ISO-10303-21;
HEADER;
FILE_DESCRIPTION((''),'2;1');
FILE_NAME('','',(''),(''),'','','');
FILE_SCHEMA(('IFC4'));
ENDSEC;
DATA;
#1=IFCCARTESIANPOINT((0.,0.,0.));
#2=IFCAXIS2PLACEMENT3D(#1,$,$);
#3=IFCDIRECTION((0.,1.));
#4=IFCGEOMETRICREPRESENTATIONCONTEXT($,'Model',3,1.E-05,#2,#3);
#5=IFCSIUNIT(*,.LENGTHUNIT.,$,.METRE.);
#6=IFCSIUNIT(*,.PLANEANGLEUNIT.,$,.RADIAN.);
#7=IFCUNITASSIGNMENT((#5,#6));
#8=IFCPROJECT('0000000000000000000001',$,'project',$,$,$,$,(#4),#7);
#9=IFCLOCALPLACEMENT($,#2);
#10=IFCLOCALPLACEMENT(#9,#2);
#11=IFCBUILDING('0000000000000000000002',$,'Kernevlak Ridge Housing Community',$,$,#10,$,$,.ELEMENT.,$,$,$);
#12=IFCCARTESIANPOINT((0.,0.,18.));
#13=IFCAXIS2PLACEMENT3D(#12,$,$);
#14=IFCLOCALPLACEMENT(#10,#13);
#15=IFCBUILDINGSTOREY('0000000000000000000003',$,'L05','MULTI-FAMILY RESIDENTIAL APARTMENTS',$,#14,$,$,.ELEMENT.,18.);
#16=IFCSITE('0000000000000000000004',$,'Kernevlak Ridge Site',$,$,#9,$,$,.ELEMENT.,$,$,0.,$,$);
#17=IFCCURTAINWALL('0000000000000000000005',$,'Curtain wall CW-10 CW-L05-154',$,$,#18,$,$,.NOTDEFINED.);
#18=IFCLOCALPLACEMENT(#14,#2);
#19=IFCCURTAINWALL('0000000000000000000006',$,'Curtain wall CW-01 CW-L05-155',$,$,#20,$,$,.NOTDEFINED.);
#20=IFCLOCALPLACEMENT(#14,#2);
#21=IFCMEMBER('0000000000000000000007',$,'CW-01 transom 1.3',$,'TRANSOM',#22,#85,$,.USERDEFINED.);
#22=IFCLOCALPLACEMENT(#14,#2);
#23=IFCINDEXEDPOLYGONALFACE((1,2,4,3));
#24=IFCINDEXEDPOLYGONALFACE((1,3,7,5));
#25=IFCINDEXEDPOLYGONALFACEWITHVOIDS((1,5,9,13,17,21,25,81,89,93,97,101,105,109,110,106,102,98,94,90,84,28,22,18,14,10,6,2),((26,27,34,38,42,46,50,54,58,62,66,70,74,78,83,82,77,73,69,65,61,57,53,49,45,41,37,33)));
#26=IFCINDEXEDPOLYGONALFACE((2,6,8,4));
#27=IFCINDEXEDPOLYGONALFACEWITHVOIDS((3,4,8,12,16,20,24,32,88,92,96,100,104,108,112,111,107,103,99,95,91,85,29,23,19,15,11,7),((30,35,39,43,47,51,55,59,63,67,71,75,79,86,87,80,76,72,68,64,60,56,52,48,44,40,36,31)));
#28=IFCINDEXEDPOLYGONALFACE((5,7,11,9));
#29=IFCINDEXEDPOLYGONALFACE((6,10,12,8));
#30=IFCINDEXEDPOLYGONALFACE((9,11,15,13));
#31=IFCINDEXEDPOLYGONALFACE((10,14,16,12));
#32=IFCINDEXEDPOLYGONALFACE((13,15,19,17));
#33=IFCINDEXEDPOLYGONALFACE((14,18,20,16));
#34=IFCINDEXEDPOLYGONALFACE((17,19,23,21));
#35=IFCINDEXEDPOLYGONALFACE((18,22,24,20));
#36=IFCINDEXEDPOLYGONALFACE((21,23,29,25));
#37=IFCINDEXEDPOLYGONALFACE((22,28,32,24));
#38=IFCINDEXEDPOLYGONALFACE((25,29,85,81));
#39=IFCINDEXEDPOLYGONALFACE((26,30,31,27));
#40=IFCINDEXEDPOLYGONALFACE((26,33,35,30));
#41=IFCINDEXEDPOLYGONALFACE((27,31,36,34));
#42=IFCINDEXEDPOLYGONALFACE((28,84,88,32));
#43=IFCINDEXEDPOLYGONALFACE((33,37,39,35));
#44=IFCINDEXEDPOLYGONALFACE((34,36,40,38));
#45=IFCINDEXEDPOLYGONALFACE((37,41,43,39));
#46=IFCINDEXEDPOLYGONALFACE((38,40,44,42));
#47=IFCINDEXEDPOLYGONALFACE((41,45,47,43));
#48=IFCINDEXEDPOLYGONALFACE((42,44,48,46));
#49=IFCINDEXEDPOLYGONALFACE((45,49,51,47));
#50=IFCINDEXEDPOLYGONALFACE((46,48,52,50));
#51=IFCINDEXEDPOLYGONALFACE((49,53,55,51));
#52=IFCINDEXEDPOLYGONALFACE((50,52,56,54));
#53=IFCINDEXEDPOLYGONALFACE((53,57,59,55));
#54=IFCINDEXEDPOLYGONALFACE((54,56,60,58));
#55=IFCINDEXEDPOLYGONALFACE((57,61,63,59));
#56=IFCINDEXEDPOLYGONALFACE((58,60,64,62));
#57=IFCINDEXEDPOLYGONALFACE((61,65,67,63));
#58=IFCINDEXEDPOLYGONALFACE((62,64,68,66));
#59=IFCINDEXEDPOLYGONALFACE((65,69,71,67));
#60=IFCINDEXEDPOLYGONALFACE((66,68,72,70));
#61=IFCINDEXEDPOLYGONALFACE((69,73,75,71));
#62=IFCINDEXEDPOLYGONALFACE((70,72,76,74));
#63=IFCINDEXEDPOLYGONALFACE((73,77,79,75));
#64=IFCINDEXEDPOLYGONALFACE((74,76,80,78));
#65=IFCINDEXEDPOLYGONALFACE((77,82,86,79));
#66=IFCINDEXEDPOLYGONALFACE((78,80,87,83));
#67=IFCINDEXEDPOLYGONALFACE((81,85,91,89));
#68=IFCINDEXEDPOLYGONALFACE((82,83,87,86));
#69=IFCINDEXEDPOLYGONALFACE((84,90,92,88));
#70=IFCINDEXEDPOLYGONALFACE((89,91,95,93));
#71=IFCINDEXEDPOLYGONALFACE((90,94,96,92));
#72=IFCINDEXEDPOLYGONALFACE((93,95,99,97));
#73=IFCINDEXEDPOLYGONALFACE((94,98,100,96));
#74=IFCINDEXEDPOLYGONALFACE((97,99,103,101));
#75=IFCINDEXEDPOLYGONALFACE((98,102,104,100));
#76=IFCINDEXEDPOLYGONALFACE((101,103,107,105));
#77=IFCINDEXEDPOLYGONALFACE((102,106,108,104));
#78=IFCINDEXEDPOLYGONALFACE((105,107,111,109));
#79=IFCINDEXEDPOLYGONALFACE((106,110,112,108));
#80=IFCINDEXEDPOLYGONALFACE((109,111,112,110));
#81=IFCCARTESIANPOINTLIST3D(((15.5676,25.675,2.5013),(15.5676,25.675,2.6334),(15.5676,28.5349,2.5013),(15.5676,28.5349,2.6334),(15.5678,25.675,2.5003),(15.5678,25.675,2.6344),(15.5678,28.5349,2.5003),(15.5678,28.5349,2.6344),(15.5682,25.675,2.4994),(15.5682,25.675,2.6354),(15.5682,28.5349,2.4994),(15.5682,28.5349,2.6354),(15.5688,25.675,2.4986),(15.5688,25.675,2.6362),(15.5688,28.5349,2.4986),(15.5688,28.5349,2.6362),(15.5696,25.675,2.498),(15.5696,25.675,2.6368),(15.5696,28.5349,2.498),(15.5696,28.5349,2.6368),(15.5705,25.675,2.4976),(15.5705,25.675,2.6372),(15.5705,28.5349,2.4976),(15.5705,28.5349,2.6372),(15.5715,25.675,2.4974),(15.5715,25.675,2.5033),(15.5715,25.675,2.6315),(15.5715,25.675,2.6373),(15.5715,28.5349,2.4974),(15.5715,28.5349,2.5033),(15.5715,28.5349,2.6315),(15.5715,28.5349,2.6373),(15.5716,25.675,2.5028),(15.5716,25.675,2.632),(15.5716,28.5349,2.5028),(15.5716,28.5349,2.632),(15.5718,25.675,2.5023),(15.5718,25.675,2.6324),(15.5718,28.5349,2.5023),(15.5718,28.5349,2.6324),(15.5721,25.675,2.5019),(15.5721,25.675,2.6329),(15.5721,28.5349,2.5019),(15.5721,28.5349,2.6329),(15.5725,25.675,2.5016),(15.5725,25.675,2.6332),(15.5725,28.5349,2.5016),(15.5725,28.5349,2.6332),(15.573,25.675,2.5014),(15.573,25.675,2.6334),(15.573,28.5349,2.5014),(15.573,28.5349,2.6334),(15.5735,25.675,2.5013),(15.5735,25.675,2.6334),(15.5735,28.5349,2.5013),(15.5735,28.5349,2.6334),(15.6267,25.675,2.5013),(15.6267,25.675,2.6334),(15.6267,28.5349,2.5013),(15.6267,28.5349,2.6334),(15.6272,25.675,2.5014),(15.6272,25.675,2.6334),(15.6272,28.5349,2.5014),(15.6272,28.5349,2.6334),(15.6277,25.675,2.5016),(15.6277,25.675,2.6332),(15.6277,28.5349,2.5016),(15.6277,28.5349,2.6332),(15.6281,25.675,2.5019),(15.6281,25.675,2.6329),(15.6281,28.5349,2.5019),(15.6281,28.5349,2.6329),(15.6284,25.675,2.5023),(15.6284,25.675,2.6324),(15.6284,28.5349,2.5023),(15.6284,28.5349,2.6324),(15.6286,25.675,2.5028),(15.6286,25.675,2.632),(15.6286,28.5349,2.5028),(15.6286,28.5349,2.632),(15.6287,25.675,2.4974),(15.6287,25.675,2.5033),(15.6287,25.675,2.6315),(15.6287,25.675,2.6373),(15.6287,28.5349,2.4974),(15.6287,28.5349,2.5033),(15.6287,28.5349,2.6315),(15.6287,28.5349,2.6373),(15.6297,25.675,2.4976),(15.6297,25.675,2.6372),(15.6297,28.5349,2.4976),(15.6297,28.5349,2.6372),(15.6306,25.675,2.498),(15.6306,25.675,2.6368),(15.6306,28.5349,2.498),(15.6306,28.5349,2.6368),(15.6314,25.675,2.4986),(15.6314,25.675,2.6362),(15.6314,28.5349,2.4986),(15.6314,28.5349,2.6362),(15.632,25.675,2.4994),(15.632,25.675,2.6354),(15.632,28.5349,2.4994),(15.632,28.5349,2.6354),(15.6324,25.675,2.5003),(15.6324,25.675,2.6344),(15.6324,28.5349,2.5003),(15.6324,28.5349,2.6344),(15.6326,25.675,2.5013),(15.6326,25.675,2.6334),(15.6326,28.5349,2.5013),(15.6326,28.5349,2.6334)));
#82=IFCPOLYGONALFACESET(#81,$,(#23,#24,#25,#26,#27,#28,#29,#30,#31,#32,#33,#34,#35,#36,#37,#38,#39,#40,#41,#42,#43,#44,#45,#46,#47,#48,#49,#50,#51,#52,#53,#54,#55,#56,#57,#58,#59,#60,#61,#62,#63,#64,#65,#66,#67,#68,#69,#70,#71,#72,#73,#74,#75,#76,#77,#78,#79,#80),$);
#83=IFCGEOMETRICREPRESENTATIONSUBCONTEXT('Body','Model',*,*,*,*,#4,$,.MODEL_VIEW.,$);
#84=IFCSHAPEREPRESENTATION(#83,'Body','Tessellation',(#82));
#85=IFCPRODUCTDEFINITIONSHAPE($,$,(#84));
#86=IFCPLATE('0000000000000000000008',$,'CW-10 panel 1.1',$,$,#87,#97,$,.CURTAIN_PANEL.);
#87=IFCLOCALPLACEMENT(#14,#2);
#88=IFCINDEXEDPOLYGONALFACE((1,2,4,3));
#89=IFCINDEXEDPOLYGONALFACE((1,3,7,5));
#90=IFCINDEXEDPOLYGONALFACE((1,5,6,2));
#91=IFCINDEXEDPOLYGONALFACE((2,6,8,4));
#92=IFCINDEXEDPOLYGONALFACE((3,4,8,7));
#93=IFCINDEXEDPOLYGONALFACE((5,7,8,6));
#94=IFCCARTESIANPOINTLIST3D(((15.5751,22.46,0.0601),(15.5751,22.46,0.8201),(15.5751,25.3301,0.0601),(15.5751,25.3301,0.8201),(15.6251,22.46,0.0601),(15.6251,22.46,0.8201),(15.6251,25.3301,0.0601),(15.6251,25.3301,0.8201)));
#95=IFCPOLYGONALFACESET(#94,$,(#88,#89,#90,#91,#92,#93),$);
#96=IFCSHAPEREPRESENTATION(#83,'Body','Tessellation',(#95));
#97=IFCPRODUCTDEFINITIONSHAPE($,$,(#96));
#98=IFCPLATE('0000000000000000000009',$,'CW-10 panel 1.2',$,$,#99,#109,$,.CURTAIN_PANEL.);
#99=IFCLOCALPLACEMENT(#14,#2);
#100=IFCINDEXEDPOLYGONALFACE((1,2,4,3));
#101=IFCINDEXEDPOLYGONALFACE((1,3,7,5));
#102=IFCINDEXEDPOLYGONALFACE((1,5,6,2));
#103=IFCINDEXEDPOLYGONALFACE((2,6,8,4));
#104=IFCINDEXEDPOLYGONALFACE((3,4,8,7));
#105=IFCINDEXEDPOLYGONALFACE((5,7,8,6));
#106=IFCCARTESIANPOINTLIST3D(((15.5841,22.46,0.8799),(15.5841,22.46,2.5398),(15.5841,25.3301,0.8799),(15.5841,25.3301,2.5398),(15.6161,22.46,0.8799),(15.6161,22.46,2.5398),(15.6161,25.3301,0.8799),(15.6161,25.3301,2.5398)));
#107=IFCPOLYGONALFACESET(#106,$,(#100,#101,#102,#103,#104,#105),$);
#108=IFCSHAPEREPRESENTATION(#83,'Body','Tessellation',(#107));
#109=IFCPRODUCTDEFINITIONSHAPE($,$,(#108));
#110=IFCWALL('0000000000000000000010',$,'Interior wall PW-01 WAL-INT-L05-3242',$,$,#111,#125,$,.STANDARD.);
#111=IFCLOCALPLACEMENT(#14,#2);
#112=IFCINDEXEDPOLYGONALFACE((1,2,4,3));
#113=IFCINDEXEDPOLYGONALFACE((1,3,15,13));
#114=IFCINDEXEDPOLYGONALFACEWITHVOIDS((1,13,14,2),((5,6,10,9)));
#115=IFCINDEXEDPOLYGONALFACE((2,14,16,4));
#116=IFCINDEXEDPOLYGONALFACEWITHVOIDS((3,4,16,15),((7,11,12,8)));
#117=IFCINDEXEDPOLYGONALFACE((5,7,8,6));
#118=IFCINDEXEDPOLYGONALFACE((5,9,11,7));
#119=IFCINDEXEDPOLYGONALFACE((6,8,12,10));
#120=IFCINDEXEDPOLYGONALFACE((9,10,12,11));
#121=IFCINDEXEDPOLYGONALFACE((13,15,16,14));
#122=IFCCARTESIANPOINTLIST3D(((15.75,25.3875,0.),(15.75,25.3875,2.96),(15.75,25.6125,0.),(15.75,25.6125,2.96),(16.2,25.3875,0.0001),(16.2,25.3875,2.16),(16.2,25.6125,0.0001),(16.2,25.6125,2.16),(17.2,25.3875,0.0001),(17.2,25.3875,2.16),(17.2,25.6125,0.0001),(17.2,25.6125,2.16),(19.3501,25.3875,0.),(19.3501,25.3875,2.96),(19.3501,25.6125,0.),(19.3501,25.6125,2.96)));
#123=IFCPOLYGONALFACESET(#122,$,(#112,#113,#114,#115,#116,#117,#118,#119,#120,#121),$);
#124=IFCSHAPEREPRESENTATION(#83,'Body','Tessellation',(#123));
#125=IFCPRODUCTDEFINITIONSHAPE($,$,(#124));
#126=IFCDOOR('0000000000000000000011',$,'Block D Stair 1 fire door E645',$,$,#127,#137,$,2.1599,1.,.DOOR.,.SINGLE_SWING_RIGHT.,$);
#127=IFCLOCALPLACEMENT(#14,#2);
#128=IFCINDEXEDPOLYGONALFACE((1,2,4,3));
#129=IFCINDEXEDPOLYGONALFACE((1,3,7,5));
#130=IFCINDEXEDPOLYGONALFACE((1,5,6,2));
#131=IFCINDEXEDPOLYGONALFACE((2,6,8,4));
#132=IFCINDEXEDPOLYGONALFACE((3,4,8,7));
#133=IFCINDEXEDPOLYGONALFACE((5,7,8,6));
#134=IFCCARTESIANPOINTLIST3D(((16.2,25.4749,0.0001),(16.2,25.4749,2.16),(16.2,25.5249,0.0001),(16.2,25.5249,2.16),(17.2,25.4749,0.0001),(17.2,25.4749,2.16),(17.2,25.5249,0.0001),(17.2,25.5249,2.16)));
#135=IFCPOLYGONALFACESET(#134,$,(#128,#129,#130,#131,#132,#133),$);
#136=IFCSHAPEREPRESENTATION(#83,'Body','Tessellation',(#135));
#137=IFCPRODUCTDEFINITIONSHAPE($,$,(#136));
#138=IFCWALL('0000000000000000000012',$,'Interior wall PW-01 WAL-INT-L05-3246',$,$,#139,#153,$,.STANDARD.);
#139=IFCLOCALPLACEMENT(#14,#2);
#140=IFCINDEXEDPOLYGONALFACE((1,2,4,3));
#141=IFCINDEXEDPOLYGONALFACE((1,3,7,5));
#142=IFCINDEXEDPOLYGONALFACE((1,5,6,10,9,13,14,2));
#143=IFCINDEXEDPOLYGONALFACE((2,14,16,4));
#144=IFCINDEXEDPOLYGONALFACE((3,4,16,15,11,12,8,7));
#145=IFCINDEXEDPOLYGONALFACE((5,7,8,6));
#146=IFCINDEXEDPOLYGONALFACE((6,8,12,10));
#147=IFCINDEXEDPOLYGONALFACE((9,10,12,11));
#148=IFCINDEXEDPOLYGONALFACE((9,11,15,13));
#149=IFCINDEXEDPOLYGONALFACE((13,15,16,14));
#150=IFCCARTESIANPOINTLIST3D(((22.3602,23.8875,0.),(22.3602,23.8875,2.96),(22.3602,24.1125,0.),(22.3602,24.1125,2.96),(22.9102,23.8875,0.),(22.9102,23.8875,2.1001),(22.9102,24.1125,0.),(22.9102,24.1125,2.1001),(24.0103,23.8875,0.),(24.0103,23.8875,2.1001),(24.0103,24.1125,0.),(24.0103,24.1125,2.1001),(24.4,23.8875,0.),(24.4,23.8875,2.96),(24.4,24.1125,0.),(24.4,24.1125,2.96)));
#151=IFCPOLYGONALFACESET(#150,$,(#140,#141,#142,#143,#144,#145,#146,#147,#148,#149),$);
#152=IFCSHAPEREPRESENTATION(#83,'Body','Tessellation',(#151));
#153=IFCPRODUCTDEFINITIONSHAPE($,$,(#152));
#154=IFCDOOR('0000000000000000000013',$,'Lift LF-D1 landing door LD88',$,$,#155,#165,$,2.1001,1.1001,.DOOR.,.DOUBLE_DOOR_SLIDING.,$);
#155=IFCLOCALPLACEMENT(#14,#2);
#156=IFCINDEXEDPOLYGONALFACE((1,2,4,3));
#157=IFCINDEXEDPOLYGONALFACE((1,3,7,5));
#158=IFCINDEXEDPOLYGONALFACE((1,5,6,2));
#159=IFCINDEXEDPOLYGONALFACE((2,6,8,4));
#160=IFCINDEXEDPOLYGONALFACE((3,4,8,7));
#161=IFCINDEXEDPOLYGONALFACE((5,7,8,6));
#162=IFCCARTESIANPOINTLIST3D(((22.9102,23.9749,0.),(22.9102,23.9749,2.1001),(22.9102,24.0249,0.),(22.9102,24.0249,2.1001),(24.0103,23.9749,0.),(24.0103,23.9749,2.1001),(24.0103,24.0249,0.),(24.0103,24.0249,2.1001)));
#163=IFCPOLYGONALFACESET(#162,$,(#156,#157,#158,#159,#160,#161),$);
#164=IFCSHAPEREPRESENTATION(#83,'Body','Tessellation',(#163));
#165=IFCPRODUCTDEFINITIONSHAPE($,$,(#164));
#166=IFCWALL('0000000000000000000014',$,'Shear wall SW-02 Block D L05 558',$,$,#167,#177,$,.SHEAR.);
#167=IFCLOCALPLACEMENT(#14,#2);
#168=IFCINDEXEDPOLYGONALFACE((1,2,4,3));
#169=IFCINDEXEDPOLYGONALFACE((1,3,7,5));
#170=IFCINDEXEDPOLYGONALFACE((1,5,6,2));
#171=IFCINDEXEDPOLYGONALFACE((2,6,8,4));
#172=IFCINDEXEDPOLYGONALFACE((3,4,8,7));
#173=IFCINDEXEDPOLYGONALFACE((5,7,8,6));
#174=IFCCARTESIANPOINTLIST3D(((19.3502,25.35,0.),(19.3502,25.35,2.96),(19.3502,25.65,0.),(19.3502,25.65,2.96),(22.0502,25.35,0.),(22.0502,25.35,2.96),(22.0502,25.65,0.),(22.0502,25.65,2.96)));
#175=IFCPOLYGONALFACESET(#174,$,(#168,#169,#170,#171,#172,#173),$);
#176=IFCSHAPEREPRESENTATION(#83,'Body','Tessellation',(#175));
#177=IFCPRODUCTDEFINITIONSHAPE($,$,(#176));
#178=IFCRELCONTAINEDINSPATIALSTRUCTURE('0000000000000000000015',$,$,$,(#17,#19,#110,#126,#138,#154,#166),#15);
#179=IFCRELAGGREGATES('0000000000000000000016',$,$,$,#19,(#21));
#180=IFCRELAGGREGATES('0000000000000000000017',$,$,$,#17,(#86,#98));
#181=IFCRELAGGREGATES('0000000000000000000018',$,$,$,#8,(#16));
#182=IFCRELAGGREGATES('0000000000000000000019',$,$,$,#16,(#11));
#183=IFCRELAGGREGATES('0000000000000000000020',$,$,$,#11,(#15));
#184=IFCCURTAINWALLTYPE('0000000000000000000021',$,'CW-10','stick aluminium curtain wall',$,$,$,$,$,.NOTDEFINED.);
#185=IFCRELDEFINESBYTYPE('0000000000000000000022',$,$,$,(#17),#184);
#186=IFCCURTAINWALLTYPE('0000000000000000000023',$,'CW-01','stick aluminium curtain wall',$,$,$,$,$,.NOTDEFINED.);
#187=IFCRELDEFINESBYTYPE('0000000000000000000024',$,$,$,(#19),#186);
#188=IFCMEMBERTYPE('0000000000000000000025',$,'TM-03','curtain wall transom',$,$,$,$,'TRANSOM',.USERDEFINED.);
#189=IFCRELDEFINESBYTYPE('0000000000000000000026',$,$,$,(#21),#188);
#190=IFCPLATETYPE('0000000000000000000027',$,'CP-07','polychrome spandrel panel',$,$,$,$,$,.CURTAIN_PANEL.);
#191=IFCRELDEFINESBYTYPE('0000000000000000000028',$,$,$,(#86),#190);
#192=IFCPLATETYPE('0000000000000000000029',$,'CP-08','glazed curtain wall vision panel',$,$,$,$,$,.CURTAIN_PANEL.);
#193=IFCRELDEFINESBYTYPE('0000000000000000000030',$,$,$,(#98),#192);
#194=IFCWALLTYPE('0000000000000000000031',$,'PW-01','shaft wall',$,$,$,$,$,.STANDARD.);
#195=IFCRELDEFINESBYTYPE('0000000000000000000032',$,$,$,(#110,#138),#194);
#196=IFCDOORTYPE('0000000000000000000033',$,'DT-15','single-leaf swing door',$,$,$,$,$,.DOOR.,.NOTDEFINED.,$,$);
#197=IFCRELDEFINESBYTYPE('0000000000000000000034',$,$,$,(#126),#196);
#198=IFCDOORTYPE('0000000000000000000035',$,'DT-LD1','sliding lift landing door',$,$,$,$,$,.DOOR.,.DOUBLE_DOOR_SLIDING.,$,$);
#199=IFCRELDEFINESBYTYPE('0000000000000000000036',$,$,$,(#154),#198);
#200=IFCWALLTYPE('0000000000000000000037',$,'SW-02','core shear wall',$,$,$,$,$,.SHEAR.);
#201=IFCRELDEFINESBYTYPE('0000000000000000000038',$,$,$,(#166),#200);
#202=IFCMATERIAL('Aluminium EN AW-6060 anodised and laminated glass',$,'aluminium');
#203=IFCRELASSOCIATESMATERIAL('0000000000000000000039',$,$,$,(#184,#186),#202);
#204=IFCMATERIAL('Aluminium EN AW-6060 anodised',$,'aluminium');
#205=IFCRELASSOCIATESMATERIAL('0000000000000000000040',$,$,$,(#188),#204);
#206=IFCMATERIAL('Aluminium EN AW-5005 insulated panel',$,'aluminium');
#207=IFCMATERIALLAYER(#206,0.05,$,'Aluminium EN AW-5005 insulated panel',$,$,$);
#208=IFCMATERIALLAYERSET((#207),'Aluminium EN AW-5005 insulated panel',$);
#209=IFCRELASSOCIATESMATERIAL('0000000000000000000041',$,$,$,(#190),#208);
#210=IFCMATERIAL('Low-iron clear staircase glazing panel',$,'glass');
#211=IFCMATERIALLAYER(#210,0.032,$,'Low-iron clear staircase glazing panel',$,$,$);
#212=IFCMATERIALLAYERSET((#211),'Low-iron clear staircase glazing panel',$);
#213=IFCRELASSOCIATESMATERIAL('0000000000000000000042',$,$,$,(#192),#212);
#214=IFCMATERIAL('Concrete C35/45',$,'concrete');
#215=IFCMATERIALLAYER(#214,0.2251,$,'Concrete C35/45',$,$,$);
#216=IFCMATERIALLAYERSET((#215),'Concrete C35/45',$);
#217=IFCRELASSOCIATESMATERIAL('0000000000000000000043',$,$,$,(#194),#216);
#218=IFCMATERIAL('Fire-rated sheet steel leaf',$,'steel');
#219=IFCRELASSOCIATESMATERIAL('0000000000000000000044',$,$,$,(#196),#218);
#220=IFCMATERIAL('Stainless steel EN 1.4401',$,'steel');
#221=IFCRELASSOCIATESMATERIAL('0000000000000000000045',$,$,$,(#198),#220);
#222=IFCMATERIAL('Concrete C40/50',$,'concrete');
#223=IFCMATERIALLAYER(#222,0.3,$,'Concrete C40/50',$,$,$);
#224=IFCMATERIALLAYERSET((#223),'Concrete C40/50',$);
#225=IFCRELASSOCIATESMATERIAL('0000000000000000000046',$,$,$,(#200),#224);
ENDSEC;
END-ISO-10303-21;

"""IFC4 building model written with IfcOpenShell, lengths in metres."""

from ifc_helpers import new_model, si_unit, direction, frame, frame_2d, origin, origin_2d, place, context, subcontext, project, spatial, rectangle, hollow_rectangle, extrude, material, layer, layer_set, material_profile, profile_set, type_object, element, fill, aggregate, save


model = new_model("IFC4")

# Units and contexts
model_context = context("Model", 3, precision=1e-05, world=origin(), true_north=direction((0.0, 1.0)))
body_context = subcontext(model_context, "Body", "Model", "MODEL_VIEW")
ifc_project = project(units=[si_unit("LENGTHUNIT", "METRE"), si_unit("PLANEANGLEUNIT", "RADIAN")], contexts=[model_context])

# Site, building, storey
site_placement = place(None, origin())
site = spatial("IfcSite", under=ifc_project, at=site_placement, Name="Kernevlak Ridge Site", CompositionType="ELEMENT", RefElevation=0.0)
building_placement = place(site_placement, origin())
building = spatial("IfcBuilding", under=site, at=building_placement, Name="Kernevlak Ridge Housing Community", CompositionType="ELEMENT")
storey_placement = place(building_placement, frame((0.0, 0.0, 18.0)))
storey = spatial("IfcBuildingStorey", under=building, at=storey_placement, Name="L05", Description="MULTI-FAMILY RESIDENTIAL APARTMENTS", CompositionType="ELEMENT", Elevation=18.0)

# Shared definitions
ifc_material_1 = material(Name="Concrete C35/45", Category="concrete")

# Curtain wall
ifc_material_2 = material(Name="Aluminium EN AW-6060 anodised and laminated glass", Category="aluminium")
curtain_wall_type_1 = type_object("IfcCurtainWallType", Name="CW-10", Description="stick aluminium curtain wall", PredefinedType="NOTDEFINED", material=ifc_material_2)
curtain_wall_1_placement = place(storey_placement, origin())
curtain_wall_1 = element("IfcCurtainWall", 1, at=curtain_wall_1_placement, inside=storey, type_object=curtain_wall_type_1, Name="Curtain wall CW-10 CW-L05-154", PredefinedType="NOTDEFINED")
ifc_material_3 = material(Name="Aluminium EN AW-6060 anodised", Category="aluminium")

# Curtain wall
curtain_wall_type_2 = type_object("IfcCurtainWallType", Name="CW-01", Description="stick aluminium curtain wall", PredefinedType="NOTDEFINED", material=ifc_material_2)
curtain_wall_2_placement = place(storey_placement, origin())
curtain_wall_2 = element("IfcCurtainWall", 2, at=curtain_wall_2_placement, inside=storey, type_object=curtain_wall_type_2, Name="Curtain wall CW-01 CW-L05-155", PredefinedType="NOTDEFINED")

# Member
ifc_material_profile_1 = material_profile(ifc_material_3, hollow_rectangle(XDim=0.0649, YDim=0.1399, WallThickness=0.0039, InnerFilletRadius=0.002, OuterFilletRadius=0.0039, at=origin_2d()), Name="ALU 65x140x4")
ifc_profile_set_1 = profile_set([ifc_material_profile_1], Name="Aluminium EN AW-6060 anodised")
member_type_1 = type_object("IfcMemberType", Name="TM-03", Description="curtain wall transom", ElementType="TRANSOM", PredefinedType="USERDEFINED", material=ifc_profile_set_1)
member_1_placement = place(storey_placement, frame((15.6001, 25.675, 2.5674), z_axis=(0.0, 1.0, 0.0), x_axis=(-1.0, 0.0, 0.0)))
member_1 = element("IfcMember", 3, at=member_1_placement, type_object=member_type_1, Name="CW-01 transom 1.3", ObjectType="TRANSOM", PredefinedType="USERDEFINED", context=body_context, shape_type="SweptSolid", body=[
    extrude(hollow_rectangle(XDim=0.0649, YDim=0.1399, WallThickness=0.0039, InnerFilletRadius=0.002, OuterFilletRadius=0.0039, at=origin_2d()), origin(), (0.0, 0.0, 1.0), 2.8599),
])
aggregate(curtain_wall_2, [member_1])

# Plates
ifc_material_4 = material(Name="Aluminium EN AW-5005 insulated panel", Category="aluminium")
ifc_layer_1 = layer(ifc_material_4, 0.05, Name="Aluminium EN AW-5005 insulated panel")
ifc_layer_set_1 = layer_set([ifc_layer_1], Name="Aluminium EN AW-5005 insulated panel")
plate_type_1 = type_object("IfcPlateType", Name="CP-07", Description="polychrome spandrel panel", PredefinedType="CURTAIN_PANEL", material=ifc_layer_set_1)
plate_1_placement = place(storey_placement, frame((15.6001, 23.895, 0.0601), z_axis=(0.0, 0.0, 1.0), x_axis=(0.0, 1.0, 0.0)))
plate_1 = element("IfcPlate", 4, at=plate_1_placement, type_object=plate_type_1, Name="CW-10 panel 1.1", PredefinedType="CURTAIN_PANEL", context=body_context, shape_type="SweptSolid", body=[
    extrude(rectangle(XDim=2.8701, YDim=0.05, at=origin_2d()), origin(), (0.0, 0.0, 1.0), 0.76),
])
ifc_material_5 = material(Name="Low-iron clear staircase glazing panel", Category="glass")
ifc_layer_2 = layer(ifc_material_5, 0.032, Name="Low-iron clear staircase glazing panel")
ifc_layer_set_2 = layer_set([ifc_layer_2], Name="Low-iron clear staircase glazing panel")
plate_type_2 = type_object("IfcPlateType", Name="CP-08", Description="glazed curtain wall vision panel", PredefinedType="CURTAIN_PANEL", material=ifc_layer_set_2)
plate_2_placement = place(storey_placement, frame((15.6001, 23.895, 0.8799), z_axis=(0.0, 0.0, 1.0), x_axis=(0.0, 1.0, 0.0)))
plate_2 = element("IfcPlate", 5, at=plate_2_placement, type_object=plate_type_2, Name="CW-10 panel 1.2", PredefinedType="CURTAIN_PANEL", context=body_context, shape_type="SweptSolid", body=[
    extrude(rectangle(XDim=2.8701, YDim=0.032, at=origin_2d()), origin(), (0.0, 0.0, 1.0), 1.6599),
])
aggregate(curtain_wall_1, [plate_1, plate_2])

# Walls, openings, doors
ifc_layer_3 = layer(ifc_material_1, 0.2251, Name="Concrete C35/45")
ifc_layer_set_3 = layer_set([ifc_layer_3], Name="Concrete C35/45")
wall_type_1 = type_object("IfcWallType", Name="PW-01", Description="shaft wall", PredefinedType="STANDARD", material=ifc_layer_set_3)
wall_1_placement = place(storey_placement, frame((15.75, 25.5, 0.0), z_axis=(0.0, 0.0, 1.0), x_axis=(1.0, 0.0, 0.0)))
wall_1 = element("IfcWall", 6, at=wall_1_placement, inside=storey, type_object=wall_type_1, Name="Interior wall PW-01 WAL-INT-L05-3242", PredefinedType="STANDARD", context=body_context, shape_type="SweptSolid", body=[
    extrude(rectangle(XDim=3.6001, YDim=0.2251, at=frame_2d((1.8, 0.0))), origin(), (0.0, 0.0, 1.0), 2.96),
])
opening_1_placement = place(wall_1_placement, frame((0.45, 0.0, 0.0)))
opening_1 = element("IfcOpeningElement", 7, at=opening_1_placement, cuts=wall_1, PredefinedType="OPENING", context=body_context, shape_type="SweptSolid", body=[
    extrude(rectangle(XDim=1.0, YDim=2.1599, at=frame_2d((0.5, 1.0801))), frame((0.0, 0.1226, 0.0), z_axis=(0.0, -1.0, 0.0), x_axis=(1.0, 0.0, 0.0)), (0.0, 0.0, 1.0), 0.2451),
])
ifc_material_6 = material(Name="Fire-rated sheet steel leaf", Category="steel")
door_type_1 = type_object("IfcDoorType", Name="DT-15", Description="single-leaf swing door", OperationType="NOTDEFINED", PredefinedType="DOOR", material=ifc_material_6)
door_1_placement = place(opening_1_placement, origin())
door_1 = element("IfcDoor", 8, at=door_1_placement, inside=storey, type_object=door_type_1, Name="Block D Stair 1 fire door E645", OperationType="SINGLE_SWING_RIGHT", OverallHeight=2.1599, OverallWidth=1.0, PredefinedType="DOOR", context=body_context, shape_type="SweptSolid", body=[
    extrude(rectangle(XDim=1.0, YDim=2.1599, at=frame_2d((0.5, 1.0801))), frame((0.0, 0.0249, 0.0), z_axis=(0.0, -1.0, 0.0), x_axis=(1.0, 0.0, 0.0)), (0.0, 0.0, 1.0), 0.05),
])
fill(opening_1, door_1)
wall_2_placement = place(storey_placement, frame((22.3601, 24.0, 0.0), z_axis=(0.0, 0.0, 1.0), x_axis=(1.0, 0.0, 0.0)))
wall_2 = element("IfcWall", 9, at=wall_2_placement, inside=storey, type_object=wall_type_1, Name="Interior wall PW-01 WAL-INT-L05-3246", PredefinedType="STANDARD", context=body_context, shape_type="SweptSolid", body=[
    extrude(rectangle(XDim=2.0398, YDim=0.2251, at=frame_2d((1.02, 0.0))), origin(), (0.0, 0.0, 1.0), 2.96),
])
opening_2_placement = place(wall_2_placement, frame((0.55, 0.0, 0.0)))
opening_2 = element("IfcOpeningElement", 10, at=opening_2_placement, cuts=wall_2, PredefinedType="OPENING", context=body_context, shape_type="SweptSolid", body=[
    extrude(rectangle(XDim=1.1001, YDim=2.1001, at=frame_2d((0.55, 1.05))), frame((0.0, 0.1226, 0.0), z_axis=(0.0, -1.0, 0.0), x_axis=(1.0, 0.0, 0.0)), (0.0, 0.0, 1.0), 0.2451),
])
ifc_material_7 = material(Name="Stainless steel EN 1.4401", Category="steel")
door_type_2 = type_object("IfcDoorType", Name="DT-LD1", Description="sliding lift landing door", OperationType="DOUBLE_DOOR_SLIDING", PredefinedType="DOOR", material=ifc_material_7)
door_2_placement = place(opening_2_placement, origin())
door_2 = element("IfcDoor", 11, at=door_2_placement, inside=storey, type_object=door_type_2, Name="Lift LF-D1 landing door LD88", OperationType="DOUBLE_DOOR_SLIDING", OverallHeight=2.1001, OverallWidth=1.1001, PredefinedType="DOOR", context=body_context, shape_type="SweptSolid", body=[
    extrude(rectangle(XDim=1.1001, YDim=2.1001, at=frame_2d((0.55, 1.05))), frame((0.0, 0.0249, 0.0), z_axis=(0.0, -1.0, 0.0), x_axis=(1.0, 0.0, 0.0)), (0.0, 0.0, 1.0), 0.05),
])
fill(opening_2, door_2)

# Wall
ifc_material_8 = material(Name="Concrete C40/50", Category="concrete")
ifc_layer_4 = layer(ifc_material_8, 0.3, Name="Concrete C40/50")
ifc_layer_set_4 = layer_set([ifc_layer_4], Name="Concrete C40/50")
wall_type_2 = type_object("IfcWallType", Name="SW-02", Description="core shear wall", PredefinedType="SHEAR", material=ifc_layer_set_4)
wall_3_placement = place(storey_placement, frame((19.3501, 25.5, 0.0), z_axis=(0.0, 0.0, 1.0), x_axis=(1.0, 0.0, 0.0)))
element("IfcWall", 12, at=wall_3_placement, inside=storey, type_object=wall_type_2, Name="Shear wall SW-02 Block D L05 558", PredefinedType="SHEAR", context=body_context, shape_type="SweptSolid", body=[
    extrude(rectangle(XDim=2.7, YDim=0.3, at=frame_2d((1.3501, 0.0))), origin(), (0.0, 0.0, 1.0), 2.96),
])

save(model, "model.ifc")
